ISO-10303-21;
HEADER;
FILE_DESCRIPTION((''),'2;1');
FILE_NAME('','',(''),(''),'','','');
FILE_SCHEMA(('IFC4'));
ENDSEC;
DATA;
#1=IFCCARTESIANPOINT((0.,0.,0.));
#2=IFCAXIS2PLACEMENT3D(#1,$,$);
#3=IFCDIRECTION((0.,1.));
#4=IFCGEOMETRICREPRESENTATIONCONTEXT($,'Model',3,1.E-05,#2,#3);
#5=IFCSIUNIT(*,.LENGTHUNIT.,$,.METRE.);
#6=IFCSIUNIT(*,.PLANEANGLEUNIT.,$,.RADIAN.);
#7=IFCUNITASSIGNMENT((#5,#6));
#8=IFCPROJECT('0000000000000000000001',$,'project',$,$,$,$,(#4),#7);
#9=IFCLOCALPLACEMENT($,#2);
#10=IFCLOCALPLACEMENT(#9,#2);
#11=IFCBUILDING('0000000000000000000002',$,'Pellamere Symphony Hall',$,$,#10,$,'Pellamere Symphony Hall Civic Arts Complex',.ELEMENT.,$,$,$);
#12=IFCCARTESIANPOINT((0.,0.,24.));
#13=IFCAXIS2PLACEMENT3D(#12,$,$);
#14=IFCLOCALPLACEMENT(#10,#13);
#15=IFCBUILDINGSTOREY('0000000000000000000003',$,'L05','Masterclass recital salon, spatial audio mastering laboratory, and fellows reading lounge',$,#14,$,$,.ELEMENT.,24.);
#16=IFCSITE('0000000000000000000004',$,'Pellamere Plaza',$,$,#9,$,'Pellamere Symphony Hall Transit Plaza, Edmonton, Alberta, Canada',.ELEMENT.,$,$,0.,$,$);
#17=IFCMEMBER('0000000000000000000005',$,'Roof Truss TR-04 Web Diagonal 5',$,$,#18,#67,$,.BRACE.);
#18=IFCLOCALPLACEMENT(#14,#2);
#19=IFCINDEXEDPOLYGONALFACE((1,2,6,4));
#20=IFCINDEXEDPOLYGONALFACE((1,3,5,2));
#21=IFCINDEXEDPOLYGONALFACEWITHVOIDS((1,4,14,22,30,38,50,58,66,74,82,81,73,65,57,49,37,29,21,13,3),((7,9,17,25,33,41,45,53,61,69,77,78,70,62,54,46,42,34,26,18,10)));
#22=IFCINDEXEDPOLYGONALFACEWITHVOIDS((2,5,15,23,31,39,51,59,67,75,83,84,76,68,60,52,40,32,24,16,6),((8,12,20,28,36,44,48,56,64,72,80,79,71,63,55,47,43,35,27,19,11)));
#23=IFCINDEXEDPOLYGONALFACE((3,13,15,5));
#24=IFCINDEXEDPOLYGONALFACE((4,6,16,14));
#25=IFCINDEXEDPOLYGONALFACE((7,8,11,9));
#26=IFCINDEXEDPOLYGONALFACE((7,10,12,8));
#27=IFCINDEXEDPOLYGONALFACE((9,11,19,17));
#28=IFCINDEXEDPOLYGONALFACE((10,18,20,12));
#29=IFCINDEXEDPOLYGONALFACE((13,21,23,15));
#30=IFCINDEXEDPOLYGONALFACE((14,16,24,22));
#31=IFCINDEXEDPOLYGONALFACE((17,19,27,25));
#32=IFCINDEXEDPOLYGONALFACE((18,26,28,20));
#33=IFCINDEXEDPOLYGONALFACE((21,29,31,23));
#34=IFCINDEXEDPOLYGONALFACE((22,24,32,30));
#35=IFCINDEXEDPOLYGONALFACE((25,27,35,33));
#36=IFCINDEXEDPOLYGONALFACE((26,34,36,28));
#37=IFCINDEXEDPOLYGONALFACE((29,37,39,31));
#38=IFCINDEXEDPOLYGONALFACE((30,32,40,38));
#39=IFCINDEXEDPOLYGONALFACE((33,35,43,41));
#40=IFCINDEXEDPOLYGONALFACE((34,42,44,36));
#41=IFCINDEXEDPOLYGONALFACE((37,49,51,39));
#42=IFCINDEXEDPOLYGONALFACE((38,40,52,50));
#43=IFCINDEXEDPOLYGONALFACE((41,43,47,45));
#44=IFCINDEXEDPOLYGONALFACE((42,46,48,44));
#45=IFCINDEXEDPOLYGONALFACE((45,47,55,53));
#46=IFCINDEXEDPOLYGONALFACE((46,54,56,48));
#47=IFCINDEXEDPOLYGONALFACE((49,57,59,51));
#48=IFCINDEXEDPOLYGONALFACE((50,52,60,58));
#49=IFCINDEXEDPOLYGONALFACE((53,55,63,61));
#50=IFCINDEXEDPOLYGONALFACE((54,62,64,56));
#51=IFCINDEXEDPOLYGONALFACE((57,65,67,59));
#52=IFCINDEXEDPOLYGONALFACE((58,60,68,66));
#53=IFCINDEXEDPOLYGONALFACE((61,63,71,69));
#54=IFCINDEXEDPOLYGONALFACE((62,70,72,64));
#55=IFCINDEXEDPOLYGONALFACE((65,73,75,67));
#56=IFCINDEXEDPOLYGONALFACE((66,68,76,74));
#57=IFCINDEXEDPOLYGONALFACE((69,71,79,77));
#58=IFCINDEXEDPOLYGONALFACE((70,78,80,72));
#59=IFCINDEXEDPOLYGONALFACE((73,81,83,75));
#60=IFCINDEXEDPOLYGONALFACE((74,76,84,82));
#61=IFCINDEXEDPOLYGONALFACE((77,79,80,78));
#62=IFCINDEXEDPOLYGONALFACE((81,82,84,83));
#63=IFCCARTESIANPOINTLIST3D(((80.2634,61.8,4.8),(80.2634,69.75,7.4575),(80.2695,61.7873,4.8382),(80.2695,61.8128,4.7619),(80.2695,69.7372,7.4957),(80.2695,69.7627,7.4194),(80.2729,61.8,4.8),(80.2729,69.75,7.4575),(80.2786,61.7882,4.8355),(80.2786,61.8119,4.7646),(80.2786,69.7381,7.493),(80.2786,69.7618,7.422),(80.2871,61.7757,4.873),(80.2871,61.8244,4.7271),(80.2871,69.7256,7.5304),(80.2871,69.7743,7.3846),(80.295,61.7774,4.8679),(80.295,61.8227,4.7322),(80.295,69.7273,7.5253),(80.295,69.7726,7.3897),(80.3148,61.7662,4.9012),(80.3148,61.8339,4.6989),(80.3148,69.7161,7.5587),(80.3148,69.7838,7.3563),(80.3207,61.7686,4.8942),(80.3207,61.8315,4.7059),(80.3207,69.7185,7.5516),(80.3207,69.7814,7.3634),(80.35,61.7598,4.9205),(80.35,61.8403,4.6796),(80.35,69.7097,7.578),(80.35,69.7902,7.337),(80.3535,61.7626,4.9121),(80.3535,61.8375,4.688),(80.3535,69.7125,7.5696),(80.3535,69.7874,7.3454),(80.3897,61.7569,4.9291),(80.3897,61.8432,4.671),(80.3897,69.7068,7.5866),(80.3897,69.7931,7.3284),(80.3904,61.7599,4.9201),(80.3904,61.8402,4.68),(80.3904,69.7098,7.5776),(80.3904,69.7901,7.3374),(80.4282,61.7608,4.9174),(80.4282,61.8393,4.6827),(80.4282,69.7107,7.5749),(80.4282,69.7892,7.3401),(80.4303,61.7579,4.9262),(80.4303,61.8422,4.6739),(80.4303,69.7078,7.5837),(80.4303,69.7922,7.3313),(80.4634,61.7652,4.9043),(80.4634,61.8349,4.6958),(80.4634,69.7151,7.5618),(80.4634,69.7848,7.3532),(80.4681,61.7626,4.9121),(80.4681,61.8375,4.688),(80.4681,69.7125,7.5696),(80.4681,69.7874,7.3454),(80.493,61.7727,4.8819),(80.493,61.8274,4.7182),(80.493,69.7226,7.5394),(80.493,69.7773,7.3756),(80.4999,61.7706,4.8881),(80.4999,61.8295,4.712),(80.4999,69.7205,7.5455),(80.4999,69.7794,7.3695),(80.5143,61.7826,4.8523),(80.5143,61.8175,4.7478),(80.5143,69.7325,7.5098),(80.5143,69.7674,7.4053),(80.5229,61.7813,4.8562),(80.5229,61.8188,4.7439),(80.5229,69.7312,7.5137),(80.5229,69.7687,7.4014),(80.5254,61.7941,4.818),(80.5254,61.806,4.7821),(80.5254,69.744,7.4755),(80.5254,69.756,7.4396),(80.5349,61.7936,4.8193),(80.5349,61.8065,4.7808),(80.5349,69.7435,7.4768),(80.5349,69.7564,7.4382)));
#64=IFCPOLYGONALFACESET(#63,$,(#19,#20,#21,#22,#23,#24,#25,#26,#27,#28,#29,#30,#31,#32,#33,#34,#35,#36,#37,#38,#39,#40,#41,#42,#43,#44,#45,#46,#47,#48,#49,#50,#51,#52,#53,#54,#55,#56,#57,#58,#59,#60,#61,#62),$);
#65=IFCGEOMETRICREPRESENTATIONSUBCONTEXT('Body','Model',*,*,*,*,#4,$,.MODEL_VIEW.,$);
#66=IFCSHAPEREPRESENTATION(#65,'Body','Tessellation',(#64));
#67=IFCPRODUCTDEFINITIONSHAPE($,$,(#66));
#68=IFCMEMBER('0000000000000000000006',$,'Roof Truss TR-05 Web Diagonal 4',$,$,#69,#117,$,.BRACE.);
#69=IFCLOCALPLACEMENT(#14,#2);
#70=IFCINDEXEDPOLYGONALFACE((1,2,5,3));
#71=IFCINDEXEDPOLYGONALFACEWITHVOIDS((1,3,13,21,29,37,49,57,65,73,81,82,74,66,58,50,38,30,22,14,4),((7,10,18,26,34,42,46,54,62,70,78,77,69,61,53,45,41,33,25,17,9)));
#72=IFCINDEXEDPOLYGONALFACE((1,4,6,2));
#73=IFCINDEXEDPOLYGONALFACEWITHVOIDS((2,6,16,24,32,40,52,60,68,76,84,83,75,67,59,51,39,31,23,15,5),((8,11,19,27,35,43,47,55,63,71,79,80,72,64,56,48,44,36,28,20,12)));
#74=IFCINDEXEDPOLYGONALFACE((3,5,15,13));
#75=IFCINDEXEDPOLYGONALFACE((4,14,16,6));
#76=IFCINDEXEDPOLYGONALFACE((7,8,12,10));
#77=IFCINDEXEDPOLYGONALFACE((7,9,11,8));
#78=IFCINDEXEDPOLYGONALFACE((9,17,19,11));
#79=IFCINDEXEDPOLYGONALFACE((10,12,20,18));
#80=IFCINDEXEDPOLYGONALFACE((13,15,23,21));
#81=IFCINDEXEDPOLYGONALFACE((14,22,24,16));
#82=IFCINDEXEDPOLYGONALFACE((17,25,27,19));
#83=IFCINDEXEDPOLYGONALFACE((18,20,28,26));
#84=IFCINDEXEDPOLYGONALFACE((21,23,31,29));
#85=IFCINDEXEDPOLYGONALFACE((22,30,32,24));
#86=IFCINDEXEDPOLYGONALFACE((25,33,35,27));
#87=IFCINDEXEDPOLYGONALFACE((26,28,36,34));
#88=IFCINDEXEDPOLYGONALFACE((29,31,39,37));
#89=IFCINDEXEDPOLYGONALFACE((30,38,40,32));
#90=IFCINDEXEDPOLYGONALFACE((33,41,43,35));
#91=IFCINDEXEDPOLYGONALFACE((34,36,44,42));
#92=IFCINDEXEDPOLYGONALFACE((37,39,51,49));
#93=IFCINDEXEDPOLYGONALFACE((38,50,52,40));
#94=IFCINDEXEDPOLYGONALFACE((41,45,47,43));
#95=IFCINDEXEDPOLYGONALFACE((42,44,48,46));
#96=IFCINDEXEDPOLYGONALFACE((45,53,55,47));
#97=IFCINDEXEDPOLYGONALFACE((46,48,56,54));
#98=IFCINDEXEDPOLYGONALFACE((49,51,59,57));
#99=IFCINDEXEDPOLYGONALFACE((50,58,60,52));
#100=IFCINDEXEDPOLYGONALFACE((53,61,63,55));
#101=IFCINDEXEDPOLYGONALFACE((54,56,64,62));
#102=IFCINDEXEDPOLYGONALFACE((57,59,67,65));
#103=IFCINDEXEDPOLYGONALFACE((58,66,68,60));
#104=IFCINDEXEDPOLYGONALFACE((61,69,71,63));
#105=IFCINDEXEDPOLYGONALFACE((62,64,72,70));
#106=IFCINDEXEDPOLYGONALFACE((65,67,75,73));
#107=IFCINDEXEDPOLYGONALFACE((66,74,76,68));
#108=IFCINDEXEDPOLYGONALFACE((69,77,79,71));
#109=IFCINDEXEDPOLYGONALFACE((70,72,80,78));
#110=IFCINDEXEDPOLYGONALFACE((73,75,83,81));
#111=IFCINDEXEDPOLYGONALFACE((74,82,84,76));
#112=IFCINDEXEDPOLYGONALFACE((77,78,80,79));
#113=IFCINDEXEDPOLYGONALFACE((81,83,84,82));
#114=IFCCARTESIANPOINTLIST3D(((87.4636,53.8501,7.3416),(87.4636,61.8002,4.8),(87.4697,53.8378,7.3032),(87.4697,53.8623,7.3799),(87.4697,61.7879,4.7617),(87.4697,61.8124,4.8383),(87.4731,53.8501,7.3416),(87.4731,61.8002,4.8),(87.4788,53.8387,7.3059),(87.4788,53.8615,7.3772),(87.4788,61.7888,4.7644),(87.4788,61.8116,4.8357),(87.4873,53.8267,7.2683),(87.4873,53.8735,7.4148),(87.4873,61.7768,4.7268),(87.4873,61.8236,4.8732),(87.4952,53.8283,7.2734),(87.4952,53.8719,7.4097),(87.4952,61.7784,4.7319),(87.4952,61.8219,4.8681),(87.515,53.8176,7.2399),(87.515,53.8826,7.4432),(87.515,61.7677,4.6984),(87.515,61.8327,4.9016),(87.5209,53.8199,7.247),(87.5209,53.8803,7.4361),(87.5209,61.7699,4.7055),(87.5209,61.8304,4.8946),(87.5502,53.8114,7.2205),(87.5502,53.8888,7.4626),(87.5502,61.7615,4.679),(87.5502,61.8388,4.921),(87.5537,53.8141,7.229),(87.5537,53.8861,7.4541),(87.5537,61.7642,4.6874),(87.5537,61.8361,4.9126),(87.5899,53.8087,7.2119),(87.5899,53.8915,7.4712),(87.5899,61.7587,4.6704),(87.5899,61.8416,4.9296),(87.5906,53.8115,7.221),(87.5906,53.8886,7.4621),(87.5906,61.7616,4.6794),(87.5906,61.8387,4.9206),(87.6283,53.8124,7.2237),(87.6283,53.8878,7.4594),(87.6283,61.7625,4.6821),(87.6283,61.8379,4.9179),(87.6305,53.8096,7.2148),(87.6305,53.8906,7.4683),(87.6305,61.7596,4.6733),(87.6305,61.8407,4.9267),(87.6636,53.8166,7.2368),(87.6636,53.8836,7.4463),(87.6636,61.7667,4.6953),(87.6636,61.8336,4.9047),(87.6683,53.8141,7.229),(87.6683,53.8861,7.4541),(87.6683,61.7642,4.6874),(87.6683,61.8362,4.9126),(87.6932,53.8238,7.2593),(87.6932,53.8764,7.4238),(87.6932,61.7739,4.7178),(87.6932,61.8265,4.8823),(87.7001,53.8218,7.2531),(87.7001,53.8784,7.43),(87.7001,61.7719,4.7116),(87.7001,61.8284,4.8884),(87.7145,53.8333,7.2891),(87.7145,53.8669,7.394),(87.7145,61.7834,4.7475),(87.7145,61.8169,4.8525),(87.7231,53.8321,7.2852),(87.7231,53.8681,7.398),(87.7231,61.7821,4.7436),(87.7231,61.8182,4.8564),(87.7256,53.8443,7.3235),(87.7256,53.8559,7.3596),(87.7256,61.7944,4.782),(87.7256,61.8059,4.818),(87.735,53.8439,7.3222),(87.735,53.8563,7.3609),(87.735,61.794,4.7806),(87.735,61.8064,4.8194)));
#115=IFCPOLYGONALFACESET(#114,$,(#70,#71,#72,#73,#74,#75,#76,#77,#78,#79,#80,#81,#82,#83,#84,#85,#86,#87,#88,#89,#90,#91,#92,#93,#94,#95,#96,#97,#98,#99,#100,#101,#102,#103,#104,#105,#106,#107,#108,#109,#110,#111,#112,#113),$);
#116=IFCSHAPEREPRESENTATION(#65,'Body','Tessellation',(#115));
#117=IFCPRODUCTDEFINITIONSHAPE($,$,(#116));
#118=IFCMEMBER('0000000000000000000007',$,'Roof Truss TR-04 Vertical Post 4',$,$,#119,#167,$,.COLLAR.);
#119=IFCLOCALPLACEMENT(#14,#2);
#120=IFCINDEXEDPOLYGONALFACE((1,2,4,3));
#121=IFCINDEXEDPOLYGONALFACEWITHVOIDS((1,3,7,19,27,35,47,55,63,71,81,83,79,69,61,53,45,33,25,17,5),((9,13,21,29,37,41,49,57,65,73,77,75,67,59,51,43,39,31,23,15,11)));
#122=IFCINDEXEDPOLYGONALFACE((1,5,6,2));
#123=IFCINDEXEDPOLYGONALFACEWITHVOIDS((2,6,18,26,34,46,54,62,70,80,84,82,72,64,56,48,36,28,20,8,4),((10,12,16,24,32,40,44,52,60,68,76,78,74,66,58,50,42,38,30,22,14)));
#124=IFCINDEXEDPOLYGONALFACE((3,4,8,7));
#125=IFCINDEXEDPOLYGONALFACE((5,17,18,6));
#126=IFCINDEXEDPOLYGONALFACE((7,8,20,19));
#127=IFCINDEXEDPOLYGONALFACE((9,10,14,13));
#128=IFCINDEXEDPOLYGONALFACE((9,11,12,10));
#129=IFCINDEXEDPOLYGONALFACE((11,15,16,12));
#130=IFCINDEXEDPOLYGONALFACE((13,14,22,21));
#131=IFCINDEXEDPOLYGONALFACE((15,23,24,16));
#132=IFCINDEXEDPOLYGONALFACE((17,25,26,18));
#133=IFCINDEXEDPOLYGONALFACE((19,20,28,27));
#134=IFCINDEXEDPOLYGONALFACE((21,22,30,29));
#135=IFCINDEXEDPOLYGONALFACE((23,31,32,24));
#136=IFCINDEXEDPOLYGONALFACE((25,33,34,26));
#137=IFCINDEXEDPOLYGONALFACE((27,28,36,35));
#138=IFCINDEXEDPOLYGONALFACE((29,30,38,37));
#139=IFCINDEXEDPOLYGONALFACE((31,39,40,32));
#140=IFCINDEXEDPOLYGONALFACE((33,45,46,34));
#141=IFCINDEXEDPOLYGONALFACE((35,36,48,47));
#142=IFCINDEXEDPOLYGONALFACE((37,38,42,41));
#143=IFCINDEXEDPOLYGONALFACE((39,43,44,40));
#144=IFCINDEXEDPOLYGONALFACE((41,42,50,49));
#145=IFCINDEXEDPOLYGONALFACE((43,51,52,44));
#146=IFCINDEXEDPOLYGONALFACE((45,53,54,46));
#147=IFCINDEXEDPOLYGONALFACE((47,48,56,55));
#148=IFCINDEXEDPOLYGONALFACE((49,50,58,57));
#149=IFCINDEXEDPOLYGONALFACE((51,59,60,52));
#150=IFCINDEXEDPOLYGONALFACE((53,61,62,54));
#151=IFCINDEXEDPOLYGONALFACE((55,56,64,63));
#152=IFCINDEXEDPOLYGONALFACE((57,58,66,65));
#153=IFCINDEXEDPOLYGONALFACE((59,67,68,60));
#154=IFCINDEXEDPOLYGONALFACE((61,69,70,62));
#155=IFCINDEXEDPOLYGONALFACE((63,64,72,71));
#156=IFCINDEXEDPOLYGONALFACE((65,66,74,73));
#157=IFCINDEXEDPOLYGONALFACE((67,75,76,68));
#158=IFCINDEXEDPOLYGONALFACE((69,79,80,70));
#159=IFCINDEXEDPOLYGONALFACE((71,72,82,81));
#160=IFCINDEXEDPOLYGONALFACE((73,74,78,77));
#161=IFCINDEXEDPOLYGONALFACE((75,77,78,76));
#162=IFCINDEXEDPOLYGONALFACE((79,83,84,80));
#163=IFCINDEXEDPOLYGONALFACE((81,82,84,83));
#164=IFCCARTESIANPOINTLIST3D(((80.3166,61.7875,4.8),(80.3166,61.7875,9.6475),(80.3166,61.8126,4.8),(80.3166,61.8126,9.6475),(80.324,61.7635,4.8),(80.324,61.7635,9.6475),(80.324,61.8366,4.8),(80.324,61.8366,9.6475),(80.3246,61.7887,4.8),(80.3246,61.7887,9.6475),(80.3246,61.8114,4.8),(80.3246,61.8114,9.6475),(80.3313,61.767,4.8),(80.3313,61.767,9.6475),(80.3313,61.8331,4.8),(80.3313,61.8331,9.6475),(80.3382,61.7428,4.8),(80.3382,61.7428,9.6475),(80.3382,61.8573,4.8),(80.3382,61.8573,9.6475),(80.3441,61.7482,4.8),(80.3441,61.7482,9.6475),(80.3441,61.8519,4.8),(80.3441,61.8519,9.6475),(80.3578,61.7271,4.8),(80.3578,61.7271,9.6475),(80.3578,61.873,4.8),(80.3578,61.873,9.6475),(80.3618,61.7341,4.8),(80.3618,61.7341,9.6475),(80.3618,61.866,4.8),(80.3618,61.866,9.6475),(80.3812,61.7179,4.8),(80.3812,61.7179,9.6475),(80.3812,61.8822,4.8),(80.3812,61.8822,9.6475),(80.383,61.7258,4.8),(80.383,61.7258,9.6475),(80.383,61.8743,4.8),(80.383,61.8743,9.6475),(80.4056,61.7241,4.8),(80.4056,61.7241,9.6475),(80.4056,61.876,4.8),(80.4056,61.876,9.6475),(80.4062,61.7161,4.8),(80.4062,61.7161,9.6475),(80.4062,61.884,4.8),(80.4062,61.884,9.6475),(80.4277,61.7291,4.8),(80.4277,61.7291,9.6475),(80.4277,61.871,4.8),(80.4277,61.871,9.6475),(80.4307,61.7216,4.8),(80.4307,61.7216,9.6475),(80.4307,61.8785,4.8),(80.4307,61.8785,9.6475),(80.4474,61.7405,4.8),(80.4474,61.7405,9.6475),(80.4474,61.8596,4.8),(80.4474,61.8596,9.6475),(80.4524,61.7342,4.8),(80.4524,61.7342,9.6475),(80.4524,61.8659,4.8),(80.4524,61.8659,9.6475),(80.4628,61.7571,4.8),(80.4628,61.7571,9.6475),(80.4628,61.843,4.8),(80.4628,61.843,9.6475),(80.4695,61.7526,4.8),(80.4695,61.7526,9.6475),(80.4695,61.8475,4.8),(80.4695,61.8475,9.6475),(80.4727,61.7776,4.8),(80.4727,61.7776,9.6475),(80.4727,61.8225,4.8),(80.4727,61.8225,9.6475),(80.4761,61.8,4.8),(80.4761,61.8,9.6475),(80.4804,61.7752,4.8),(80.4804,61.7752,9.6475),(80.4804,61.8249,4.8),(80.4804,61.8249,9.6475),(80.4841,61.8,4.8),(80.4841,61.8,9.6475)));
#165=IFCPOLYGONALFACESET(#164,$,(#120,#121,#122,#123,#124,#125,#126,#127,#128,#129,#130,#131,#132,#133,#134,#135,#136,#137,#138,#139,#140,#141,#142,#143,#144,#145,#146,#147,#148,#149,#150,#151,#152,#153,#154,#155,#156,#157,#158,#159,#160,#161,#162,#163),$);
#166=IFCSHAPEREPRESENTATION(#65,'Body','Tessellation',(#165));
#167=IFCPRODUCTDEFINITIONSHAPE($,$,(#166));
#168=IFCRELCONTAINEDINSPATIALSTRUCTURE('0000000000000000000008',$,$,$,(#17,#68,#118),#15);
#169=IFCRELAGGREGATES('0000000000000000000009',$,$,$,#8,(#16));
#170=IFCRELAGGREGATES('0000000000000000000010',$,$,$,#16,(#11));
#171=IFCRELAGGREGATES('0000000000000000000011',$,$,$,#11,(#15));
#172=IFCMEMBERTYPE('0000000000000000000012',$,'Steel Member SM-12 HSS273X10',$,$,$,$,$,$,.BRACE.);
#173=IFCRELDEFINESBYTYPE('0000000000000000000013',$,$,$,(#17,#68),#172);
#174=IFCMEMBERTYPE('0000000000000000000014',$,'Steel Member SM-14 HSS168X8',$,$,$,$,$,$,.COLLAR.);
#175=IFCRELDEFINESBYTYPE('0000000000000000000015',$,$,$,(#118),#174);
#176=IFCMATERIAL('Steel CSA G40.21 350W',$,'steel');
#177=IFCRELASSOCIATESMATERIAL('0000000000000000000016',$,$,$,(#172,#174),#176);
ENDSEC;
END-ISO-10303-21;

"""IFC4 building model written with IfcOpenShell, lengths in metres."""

from ifc_helpers import new_model, si_unit, direction, frame, origin, origin_2d, place, context, subcontext, project, spatial, hollow_circle, extrude, material, material_profile, profile_set, type_object, element, save


model = new_model("IFC4")

# Units and contexts
model_context = context("Model", 3, precision=1e-05, world=origin(), true_north=direction((0.0, 1.0)))
body_context = subcontext(model_context, "Body", "Model", "MODEL_VIEW")
ifc_project = project(units=[si_unit("LENGTHUNIT", "METRE"), si_unit("PLANEANGLEUNIT", "RADIAN")], contexts=[model_context])

# Site, building, storey
site_placement = place(None, origin())
site = spatial("IfcSite", under=ifc_project, at=site_placement, Name="Pellamere Plaza", LongName="Pellamere Symphony Hall Transit Plaza, Edmonton, Alberta, Canada", CompositionType="ELEMENT", RefElevation=0.0)
building_placement = place(site_placement, origin())
building = spatial("IfcBuilding", under=site, at=building_placement, Name="Pellamere Symphony Hall", LongName="Pellamere Symphony Hall Civic Arts Complex", CompositionType="ELEMENT")
storey_placement = place(building_placement, frame((0.0, 0.0, 24.0)))
storey = spatial("IfcBuildingStorey", under=building, at=storey_placement, Name="L05", Description="Masterclass recital salon, spatial audio mastering laboratory, and fellows reading lounge", CompositionType="ELEMENT", Elevation=24.0)

# Shared definitions
ifc_material = material(Name="Steel CSA G40.21 350W", Category="steel")

# Members
ifc_material_profile_1 = material_profile(ifc_material, hollow_circle(Radius=0.1365, WallThickness=0.0095, at=origin_2d()), Name="HSS273X10")
ifc_profile_set_1 = profile_set([ifc_material_profile_1], Name="Steel CSA G40.21 350W")
member_type_1 = type_object("IfcMemberType", Name="Steel Member SM-12 HSS273X10", PredefinedType="BRACE", material=ifc_profile_set_1)
member_1_placement = place(storey_placement, frame((80.3999, 61.8, 4.8), z_axis=(0.0, 0.948415, 0.317032), x_axis=(-1.0, 0.0, 0.0)))
element("IfcMember", 1, at=member_1_placement, inside=storey, type_object=member_type_1, Name="Roof Truss TR-04 Web Diagonal 5", PredefinedType="BRACE", context=body_context, shape_type="SweptSolid", body=[
    extrude(hollow_circle(Radius=0.1365, WallThickness=0.0095, at=origin_2d()), origin(), (0.0, 0.0, 1.0), 8.3823),
])
member_2_placement = place(storey_placement, frame((87.6001, 53.8501, 7.3416), z_axis=(0.0, 0.95251, -0.304506), x_axis=(-1.0, 0.0, 0.0)))
element("IfcMember", 2, at=member_2_placement, inside=storey, type_object=member_type_1, Name="Roof Truss TR-05 Web Diagonal 4", PredefinedType="BRACE", context=body_context, shape_type="SweptSolid", body=[
    extrude(hollow_circle(Radius=0.1365, WallThickness=0.0095, at=origin_2d()), origin(), (0.0, 0.0, 1.0), 8.3464),
])
ifc_material_profile_2 = material_profile(ifc_material, hollow_circle(Radius=0.0842, WallThickness=0.0081, at=origin_2d()), Name="HSS168X8")
ifc_profile_set_2 = profile_set([ifc_material_profile_2], Name="Steel CSA G40.21 350W")
member_type_2 = type_object("IfcMemberType", Name="Steel Member SM-14 HSS168X8", PredefinedType="COLLAR", material=ifc_profile_set_2)
member_3_placement = place(storey_placement, frame((80.3999, 61.8, 4.8), z_axis=(0.0, 0.0, 1.0), x_axis=(1.0, 0.0, 0.0)))
element("IfcMember", 3, at=member_3_placement, inside=storey, type_object=member_type_2, Name="Roof Truss TR-04 Vertical Post 4", PredefinedType="COLLAR", context=body_context, shape_type="SweptSolid", body=[
    extrude(hollow_circle(Radius=0.0842, WallThickness=0.0081, at=origin_2d()), origin(), (0.0, 0.0, 1.0), 4.8474),
])

save(model, "model.ifc")
